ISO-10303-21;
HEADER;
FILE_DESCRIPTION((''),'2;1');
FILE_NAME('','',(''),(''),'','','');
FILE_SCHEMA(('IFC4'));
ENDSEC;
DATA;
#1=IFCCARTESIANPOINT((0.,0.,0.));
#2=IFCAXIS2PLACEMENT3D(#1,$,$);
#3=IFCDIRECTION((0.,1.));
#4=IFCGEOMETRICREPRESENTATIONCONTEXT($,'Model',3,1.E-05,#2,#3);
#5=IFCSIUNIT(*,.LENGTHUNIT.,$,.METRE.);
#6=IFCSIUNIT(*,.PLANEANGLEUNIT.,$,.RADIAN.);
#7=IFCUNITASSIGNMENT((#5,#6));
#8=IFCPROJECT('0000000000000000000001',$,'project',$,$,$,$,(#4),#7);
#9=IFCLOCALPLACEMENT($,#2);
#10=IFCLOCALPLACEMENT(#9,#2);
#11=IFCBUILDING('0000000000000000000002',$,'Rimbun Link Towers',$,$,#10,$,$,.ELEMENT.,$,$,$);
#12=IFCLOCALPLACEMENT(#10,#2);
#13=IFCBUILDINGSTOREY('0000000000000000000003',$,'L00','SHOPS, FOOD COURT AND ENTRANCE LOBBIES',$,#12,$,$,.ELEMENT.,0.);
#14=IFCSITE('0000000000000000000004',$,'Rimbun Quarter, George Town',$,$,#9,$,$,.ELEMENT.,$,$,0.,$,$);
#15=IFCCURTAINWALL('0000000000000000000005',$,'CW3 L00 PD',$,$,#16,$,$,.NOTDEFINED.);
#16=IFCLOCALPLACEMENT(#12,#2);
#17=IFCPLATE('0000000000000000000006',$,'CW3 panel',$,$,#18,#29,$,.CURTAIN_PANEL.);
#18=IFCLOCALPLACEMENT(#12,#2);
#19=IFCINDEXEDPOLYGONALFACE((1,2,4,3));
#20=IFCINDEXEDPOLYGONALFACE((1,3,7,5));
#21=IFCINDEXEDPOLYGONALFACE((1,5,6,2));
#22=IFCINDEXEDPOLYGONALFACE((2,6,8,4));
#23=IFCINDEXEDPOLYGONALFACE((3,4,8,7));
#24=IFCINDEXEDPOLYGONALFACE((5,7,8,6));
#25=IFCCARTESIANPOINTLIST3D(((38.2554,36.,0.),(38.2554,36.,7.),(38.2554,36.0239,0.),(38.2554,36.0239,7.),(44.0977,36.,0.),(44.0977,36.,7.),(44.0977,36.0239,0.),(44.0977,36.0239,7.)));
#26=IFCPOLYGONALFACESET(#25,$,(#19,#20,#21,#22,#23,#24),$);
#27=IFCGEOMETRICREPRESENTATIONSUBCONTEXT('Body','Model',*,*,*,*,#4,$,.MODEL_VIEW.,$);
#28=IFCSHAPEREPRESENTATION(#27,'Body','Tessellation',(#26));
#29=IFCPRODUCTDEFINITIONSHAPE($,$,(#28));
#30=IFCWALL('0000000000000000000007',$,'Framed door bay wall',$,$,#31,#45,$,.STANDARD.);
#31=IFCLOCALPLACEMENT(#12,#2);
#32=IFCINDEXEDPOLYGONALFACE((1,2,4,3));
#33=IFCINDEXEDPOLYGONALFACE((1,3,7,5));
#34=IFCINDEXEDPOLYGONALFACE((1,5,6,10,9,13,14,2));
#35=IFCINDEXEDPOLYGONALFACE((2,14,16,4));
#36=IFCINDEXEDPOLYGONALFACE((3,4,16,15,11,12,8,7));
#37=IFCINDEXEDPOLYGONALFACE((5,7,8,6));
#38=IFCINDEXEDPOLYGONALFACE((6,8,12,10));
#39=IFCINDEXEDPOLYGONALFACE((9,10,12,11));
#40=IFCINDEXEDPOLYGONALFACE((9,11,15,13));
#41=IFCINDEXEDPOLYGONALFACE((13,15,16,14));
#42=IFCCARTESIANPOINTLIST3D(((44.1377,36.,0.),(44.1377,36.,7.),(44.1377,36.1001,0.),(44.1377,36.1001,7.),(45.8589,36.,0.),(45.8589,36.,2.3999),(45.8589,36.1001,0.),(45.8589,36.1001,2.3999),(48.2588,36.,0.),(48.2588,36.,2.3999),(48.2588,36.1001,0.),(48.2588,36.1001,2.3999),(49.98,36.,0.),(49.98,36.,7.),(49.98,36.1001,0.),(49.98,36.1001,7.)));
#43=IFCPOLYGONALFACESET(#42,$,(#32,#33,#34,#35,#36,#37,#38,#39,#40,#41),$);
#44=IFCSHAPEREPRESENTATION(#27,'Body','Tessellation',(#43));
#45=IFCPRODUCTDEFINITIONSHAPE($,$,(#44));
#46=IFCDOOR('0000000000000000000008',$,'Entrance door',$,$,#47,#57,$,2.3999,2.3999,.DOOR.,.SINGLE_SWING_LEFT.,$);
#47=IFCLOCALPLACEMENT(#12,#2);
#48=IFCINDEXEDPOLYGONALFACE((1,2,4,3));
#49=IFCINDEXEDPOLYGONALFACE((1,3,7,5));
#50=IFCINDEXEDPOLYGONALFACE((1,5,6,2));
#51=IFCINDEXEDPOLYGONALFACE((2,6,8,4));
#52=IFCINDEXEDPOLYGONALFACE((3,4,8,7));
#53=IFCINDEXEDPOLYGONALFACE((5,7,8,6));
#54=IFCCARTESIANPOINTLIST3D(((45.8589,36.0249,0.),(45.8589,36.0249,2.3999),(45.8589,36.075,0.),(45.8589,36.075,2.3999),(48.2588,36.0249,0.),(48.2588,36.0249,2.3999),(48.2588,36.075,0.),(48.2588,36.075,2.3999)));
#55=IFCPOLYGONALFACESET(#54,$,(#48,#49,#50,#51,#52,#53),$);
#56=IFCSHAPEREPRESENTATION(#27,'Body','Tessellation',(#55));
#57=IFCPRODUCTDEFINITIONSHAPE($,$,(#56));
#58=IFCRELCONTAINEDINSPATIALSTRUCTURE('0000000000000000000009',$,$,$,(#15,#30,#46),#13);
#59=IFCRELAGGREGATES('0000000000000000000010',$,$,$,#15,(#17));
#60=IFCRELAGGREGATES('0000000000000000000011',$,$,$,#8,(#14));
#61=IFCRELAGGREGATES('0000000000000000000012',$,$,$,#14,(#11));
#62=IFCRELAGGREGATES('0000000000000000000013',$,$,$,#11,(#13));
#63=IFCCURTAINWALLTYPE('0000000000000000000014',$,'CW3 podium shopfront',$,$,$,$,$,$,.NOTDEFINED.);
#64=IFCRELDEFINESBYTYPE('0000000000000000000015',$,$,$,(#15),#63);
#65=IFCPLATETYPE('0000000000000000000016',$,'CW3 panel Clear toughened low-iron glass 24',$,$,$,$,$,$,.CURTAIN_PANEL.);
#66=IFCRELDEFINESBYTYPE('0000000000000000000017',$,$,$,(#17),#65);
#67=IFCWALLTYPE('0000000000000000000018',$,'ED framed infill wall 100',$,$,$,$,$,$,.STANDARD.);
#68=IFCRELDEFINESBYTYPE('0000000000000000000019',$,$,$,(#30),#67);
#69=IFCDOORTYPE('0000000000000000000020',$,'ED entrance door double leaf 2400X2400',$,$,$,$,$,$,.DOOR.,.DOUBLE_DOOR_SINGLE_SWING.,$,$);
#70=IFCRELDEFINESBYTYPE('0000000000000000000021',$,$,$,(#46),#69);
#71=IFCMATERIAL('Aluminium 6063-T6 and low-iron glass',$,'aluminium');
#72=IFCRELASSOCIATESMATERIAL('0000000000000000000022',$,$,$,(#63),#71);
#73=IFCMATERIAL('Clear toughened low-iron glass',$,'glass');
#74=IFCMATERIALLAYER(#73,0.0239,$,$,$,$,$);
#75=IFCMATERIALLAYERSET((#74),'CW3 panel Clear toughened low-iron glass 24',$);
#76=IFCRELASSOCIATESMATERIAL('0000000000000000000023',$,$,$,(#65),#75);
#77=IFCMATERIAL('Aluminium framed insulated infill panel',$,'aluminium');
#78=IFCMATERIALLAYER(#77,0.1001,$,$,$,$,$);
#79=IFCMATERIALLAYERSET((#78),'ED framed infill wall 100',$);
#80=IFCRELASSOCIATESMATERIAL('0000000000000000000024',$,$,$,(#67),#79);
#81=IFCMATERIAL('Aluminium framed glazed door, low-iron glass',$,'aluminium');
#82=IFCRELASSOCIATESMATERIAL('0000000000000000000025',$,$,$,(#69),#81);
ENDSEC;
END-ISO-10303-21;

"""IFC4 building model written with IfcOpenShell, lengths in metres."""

from ifc_helpers import new_model, si_unit, direction, frame, frame_2d, origin, origin_2d, place, context, subcontext, project, spatial, rectangle, extrude, material, layer, layer_set, type_object, element, fill, aggregate, save


model = new_model("IFC4")

# Units and contexts
model_context = context("Model", 3, precision=1e-05, world=origin(), true_north=direction((0.0, 1.0)))
body_context = subcontext(model_context, "Body", "Model", "MODEL_VIEW")
ifc_project = project(units=[si_unit("LENGTHUNIT", "METRE"), si_unit("PLANEANGLEUNIT", "RADIAN")], contexts=[model_context])

# Site, building, storey
site_placement = place(None, origin())
site = spatial("IfcSite", under=ifc_project, at=site_placement, Name="Rimbun Quarter, George Town", CompositionType="ELEMENT", RefElevation=0.0)
building_placement = place(site_placement, origin())
building = spatial("IfcBuilding", under=site, at=building_placement, Name="Rimbun Link Towers", CompositionType="ELEMENT")
storey_placement = place(building_placement, origin())
storey = spatial("IfcBuildingStorey", under=building, at=storey_placement, Name="L00", Description="SHOPS, FOOD COURT AND ENTRANCE LOBBIES", CompositionType="ELEMENT", Elevation=0.0)

# Curtain wall, plate
ifc_material_1 = material(Name="Aluminium 6063-T6 and low-iron glass", Category="aluminium")
curtain_wall_type = type_object("IfcCurtainWallType", Name="CW3 podium shopfront", PredefinedType="NOTDEFINED", material=ifc_material_1)
curtain_wall_placement = place(storey_placement, origin())
curtain_wall = element("IfcCurtainWall", 1, at=curtain_wall_placement, inside=storey, type_object=curtain_wall_type, Name="CW3 L00 PD", PredefinedType="NOTDEFINED")
ifc_material_2 = material(Name="Clear toughened low-iron glass", Category="glass")
ifc_layer_1 = layer(ifc_material_2, 0.0239)
ifc_layer_set_1 = layer_set([ifc_layer_1], Name="CW3 panel Clear toughened low-iron glass 24")
plate_type = type_object("IfcPlateType", Name="CW3 panel Clear toughened low-iron glass 24", PredefinedType="CURTAIN_PANEL", material=ifc_layer_set_1)
plate_1_placement = place(storey_placement, frame((41.1765, 36.012, 0.0), z_axis=(0.0, 0.0, 1.0), x_axis=(1.0, 0.0, 0.0)))
plate_1 = element("IfcPlate", 2, at=plate_1_placement, type_object=plate_type, Name="CW3 panel", PredefinedType="CURTAIN_PANEL", context=body_context, shape_type="SweptSolid", body=[
    extrude(rectangle(XDim=5.8423, YDim=0.0239, at=origin_2d()), origin(), (0.0, 0.0, 1.0), 7.0),
])
aggregate(curtain_wall, [plate_1])

# Wall, opening, door
ifc_material_3 = material(Name="Aluminium framed insulated infill panel", Category="aluminium")
ifc_layer_2 = layer(ifc_material_3, 0.1001)
ifc_layer_set_2 = layer_set([ifc_layer_2], Name="ED framed infill wall 100")
wall_type = type_object("IfcWallType", Name="ED framed infill wall 100", PredefinedType="STANDARD", material=ifc_layer_set_2)
wall_placement = place(storey_placement, frame((44.1377, 36.05, 0.0), z_axis=(0.0, 0.0, 1.0), x_axis=(1.0, 0.0, 0.0)))
wall = element("IfcWall", 3, at=wall_placement, inside=storey, type_object=wall_type, Name="Framed door bay wall", PredefinedType="STANDARD", context=body_context, shape_type="SweptSolid", body=[
    extrude(rectangle(XDim=5.8423, YDim=0.1001, at=frame_2d((2.9211, 0.0))), origin(), (0.0, 0.0, 1.0), 7.0),
])
opening_placement = place(wall_placement, frame((1.7212, 0.0, 0.0)))
opening = element("IfcOpeningElement", 4, at=opening_placement, cuts=wall, PredefinedType="OPENING", context=body_context, shape_type="SweptSolid", body=[
    extrude(rectangle(XDim=2.3999, YDim=2.3999, at=frame_2d((1.2, 1.2))), frame((0.0, 0.0601, 0.0), z_axis=(0.0, -1.0, 0.0), x_axis=(1.0, 0.0, 0.0)), (0.0, 0.0, 1.0), 0.1201),
])
ifc_material_4 = material(Name="Aluminium framed glazed door, low-iron glass", Category="aluminium")
door_type = type_object("IfcDoorType", Name="ED entrance door double leaf 2400X2400", OperationType="DOUBLE_DOOR_SINGLE_SWING", PredefinedType="DOOR", material=ifc_material_4)
door_placement = place(opening_placement, origin())
door = element("IfcDoor", 5, at=door_placement, inside=storey, type_object=door_type, Name="Entrance door", OperationType="SINGLE_SWING_LEFT", OverallHeight=2.3999, OverallWidth=2.3999, PredefinedType="DOOR", context=body_context, shape_type="SweptSolid", body=[
    extrude(rectangle(XDim=2.3999, YDim=2.3999, at=frame_2d((1.2, 1.2))), frame((0.0, 0.0249, 0.0), z_axis=(0.0, -1.0, 0.0), x_axis=(1.0, 0.0, 0.0)), (0.0, 0.0, 1.0), 0.05),
])
fill(opening, door)

save(model, "model.ifc")
